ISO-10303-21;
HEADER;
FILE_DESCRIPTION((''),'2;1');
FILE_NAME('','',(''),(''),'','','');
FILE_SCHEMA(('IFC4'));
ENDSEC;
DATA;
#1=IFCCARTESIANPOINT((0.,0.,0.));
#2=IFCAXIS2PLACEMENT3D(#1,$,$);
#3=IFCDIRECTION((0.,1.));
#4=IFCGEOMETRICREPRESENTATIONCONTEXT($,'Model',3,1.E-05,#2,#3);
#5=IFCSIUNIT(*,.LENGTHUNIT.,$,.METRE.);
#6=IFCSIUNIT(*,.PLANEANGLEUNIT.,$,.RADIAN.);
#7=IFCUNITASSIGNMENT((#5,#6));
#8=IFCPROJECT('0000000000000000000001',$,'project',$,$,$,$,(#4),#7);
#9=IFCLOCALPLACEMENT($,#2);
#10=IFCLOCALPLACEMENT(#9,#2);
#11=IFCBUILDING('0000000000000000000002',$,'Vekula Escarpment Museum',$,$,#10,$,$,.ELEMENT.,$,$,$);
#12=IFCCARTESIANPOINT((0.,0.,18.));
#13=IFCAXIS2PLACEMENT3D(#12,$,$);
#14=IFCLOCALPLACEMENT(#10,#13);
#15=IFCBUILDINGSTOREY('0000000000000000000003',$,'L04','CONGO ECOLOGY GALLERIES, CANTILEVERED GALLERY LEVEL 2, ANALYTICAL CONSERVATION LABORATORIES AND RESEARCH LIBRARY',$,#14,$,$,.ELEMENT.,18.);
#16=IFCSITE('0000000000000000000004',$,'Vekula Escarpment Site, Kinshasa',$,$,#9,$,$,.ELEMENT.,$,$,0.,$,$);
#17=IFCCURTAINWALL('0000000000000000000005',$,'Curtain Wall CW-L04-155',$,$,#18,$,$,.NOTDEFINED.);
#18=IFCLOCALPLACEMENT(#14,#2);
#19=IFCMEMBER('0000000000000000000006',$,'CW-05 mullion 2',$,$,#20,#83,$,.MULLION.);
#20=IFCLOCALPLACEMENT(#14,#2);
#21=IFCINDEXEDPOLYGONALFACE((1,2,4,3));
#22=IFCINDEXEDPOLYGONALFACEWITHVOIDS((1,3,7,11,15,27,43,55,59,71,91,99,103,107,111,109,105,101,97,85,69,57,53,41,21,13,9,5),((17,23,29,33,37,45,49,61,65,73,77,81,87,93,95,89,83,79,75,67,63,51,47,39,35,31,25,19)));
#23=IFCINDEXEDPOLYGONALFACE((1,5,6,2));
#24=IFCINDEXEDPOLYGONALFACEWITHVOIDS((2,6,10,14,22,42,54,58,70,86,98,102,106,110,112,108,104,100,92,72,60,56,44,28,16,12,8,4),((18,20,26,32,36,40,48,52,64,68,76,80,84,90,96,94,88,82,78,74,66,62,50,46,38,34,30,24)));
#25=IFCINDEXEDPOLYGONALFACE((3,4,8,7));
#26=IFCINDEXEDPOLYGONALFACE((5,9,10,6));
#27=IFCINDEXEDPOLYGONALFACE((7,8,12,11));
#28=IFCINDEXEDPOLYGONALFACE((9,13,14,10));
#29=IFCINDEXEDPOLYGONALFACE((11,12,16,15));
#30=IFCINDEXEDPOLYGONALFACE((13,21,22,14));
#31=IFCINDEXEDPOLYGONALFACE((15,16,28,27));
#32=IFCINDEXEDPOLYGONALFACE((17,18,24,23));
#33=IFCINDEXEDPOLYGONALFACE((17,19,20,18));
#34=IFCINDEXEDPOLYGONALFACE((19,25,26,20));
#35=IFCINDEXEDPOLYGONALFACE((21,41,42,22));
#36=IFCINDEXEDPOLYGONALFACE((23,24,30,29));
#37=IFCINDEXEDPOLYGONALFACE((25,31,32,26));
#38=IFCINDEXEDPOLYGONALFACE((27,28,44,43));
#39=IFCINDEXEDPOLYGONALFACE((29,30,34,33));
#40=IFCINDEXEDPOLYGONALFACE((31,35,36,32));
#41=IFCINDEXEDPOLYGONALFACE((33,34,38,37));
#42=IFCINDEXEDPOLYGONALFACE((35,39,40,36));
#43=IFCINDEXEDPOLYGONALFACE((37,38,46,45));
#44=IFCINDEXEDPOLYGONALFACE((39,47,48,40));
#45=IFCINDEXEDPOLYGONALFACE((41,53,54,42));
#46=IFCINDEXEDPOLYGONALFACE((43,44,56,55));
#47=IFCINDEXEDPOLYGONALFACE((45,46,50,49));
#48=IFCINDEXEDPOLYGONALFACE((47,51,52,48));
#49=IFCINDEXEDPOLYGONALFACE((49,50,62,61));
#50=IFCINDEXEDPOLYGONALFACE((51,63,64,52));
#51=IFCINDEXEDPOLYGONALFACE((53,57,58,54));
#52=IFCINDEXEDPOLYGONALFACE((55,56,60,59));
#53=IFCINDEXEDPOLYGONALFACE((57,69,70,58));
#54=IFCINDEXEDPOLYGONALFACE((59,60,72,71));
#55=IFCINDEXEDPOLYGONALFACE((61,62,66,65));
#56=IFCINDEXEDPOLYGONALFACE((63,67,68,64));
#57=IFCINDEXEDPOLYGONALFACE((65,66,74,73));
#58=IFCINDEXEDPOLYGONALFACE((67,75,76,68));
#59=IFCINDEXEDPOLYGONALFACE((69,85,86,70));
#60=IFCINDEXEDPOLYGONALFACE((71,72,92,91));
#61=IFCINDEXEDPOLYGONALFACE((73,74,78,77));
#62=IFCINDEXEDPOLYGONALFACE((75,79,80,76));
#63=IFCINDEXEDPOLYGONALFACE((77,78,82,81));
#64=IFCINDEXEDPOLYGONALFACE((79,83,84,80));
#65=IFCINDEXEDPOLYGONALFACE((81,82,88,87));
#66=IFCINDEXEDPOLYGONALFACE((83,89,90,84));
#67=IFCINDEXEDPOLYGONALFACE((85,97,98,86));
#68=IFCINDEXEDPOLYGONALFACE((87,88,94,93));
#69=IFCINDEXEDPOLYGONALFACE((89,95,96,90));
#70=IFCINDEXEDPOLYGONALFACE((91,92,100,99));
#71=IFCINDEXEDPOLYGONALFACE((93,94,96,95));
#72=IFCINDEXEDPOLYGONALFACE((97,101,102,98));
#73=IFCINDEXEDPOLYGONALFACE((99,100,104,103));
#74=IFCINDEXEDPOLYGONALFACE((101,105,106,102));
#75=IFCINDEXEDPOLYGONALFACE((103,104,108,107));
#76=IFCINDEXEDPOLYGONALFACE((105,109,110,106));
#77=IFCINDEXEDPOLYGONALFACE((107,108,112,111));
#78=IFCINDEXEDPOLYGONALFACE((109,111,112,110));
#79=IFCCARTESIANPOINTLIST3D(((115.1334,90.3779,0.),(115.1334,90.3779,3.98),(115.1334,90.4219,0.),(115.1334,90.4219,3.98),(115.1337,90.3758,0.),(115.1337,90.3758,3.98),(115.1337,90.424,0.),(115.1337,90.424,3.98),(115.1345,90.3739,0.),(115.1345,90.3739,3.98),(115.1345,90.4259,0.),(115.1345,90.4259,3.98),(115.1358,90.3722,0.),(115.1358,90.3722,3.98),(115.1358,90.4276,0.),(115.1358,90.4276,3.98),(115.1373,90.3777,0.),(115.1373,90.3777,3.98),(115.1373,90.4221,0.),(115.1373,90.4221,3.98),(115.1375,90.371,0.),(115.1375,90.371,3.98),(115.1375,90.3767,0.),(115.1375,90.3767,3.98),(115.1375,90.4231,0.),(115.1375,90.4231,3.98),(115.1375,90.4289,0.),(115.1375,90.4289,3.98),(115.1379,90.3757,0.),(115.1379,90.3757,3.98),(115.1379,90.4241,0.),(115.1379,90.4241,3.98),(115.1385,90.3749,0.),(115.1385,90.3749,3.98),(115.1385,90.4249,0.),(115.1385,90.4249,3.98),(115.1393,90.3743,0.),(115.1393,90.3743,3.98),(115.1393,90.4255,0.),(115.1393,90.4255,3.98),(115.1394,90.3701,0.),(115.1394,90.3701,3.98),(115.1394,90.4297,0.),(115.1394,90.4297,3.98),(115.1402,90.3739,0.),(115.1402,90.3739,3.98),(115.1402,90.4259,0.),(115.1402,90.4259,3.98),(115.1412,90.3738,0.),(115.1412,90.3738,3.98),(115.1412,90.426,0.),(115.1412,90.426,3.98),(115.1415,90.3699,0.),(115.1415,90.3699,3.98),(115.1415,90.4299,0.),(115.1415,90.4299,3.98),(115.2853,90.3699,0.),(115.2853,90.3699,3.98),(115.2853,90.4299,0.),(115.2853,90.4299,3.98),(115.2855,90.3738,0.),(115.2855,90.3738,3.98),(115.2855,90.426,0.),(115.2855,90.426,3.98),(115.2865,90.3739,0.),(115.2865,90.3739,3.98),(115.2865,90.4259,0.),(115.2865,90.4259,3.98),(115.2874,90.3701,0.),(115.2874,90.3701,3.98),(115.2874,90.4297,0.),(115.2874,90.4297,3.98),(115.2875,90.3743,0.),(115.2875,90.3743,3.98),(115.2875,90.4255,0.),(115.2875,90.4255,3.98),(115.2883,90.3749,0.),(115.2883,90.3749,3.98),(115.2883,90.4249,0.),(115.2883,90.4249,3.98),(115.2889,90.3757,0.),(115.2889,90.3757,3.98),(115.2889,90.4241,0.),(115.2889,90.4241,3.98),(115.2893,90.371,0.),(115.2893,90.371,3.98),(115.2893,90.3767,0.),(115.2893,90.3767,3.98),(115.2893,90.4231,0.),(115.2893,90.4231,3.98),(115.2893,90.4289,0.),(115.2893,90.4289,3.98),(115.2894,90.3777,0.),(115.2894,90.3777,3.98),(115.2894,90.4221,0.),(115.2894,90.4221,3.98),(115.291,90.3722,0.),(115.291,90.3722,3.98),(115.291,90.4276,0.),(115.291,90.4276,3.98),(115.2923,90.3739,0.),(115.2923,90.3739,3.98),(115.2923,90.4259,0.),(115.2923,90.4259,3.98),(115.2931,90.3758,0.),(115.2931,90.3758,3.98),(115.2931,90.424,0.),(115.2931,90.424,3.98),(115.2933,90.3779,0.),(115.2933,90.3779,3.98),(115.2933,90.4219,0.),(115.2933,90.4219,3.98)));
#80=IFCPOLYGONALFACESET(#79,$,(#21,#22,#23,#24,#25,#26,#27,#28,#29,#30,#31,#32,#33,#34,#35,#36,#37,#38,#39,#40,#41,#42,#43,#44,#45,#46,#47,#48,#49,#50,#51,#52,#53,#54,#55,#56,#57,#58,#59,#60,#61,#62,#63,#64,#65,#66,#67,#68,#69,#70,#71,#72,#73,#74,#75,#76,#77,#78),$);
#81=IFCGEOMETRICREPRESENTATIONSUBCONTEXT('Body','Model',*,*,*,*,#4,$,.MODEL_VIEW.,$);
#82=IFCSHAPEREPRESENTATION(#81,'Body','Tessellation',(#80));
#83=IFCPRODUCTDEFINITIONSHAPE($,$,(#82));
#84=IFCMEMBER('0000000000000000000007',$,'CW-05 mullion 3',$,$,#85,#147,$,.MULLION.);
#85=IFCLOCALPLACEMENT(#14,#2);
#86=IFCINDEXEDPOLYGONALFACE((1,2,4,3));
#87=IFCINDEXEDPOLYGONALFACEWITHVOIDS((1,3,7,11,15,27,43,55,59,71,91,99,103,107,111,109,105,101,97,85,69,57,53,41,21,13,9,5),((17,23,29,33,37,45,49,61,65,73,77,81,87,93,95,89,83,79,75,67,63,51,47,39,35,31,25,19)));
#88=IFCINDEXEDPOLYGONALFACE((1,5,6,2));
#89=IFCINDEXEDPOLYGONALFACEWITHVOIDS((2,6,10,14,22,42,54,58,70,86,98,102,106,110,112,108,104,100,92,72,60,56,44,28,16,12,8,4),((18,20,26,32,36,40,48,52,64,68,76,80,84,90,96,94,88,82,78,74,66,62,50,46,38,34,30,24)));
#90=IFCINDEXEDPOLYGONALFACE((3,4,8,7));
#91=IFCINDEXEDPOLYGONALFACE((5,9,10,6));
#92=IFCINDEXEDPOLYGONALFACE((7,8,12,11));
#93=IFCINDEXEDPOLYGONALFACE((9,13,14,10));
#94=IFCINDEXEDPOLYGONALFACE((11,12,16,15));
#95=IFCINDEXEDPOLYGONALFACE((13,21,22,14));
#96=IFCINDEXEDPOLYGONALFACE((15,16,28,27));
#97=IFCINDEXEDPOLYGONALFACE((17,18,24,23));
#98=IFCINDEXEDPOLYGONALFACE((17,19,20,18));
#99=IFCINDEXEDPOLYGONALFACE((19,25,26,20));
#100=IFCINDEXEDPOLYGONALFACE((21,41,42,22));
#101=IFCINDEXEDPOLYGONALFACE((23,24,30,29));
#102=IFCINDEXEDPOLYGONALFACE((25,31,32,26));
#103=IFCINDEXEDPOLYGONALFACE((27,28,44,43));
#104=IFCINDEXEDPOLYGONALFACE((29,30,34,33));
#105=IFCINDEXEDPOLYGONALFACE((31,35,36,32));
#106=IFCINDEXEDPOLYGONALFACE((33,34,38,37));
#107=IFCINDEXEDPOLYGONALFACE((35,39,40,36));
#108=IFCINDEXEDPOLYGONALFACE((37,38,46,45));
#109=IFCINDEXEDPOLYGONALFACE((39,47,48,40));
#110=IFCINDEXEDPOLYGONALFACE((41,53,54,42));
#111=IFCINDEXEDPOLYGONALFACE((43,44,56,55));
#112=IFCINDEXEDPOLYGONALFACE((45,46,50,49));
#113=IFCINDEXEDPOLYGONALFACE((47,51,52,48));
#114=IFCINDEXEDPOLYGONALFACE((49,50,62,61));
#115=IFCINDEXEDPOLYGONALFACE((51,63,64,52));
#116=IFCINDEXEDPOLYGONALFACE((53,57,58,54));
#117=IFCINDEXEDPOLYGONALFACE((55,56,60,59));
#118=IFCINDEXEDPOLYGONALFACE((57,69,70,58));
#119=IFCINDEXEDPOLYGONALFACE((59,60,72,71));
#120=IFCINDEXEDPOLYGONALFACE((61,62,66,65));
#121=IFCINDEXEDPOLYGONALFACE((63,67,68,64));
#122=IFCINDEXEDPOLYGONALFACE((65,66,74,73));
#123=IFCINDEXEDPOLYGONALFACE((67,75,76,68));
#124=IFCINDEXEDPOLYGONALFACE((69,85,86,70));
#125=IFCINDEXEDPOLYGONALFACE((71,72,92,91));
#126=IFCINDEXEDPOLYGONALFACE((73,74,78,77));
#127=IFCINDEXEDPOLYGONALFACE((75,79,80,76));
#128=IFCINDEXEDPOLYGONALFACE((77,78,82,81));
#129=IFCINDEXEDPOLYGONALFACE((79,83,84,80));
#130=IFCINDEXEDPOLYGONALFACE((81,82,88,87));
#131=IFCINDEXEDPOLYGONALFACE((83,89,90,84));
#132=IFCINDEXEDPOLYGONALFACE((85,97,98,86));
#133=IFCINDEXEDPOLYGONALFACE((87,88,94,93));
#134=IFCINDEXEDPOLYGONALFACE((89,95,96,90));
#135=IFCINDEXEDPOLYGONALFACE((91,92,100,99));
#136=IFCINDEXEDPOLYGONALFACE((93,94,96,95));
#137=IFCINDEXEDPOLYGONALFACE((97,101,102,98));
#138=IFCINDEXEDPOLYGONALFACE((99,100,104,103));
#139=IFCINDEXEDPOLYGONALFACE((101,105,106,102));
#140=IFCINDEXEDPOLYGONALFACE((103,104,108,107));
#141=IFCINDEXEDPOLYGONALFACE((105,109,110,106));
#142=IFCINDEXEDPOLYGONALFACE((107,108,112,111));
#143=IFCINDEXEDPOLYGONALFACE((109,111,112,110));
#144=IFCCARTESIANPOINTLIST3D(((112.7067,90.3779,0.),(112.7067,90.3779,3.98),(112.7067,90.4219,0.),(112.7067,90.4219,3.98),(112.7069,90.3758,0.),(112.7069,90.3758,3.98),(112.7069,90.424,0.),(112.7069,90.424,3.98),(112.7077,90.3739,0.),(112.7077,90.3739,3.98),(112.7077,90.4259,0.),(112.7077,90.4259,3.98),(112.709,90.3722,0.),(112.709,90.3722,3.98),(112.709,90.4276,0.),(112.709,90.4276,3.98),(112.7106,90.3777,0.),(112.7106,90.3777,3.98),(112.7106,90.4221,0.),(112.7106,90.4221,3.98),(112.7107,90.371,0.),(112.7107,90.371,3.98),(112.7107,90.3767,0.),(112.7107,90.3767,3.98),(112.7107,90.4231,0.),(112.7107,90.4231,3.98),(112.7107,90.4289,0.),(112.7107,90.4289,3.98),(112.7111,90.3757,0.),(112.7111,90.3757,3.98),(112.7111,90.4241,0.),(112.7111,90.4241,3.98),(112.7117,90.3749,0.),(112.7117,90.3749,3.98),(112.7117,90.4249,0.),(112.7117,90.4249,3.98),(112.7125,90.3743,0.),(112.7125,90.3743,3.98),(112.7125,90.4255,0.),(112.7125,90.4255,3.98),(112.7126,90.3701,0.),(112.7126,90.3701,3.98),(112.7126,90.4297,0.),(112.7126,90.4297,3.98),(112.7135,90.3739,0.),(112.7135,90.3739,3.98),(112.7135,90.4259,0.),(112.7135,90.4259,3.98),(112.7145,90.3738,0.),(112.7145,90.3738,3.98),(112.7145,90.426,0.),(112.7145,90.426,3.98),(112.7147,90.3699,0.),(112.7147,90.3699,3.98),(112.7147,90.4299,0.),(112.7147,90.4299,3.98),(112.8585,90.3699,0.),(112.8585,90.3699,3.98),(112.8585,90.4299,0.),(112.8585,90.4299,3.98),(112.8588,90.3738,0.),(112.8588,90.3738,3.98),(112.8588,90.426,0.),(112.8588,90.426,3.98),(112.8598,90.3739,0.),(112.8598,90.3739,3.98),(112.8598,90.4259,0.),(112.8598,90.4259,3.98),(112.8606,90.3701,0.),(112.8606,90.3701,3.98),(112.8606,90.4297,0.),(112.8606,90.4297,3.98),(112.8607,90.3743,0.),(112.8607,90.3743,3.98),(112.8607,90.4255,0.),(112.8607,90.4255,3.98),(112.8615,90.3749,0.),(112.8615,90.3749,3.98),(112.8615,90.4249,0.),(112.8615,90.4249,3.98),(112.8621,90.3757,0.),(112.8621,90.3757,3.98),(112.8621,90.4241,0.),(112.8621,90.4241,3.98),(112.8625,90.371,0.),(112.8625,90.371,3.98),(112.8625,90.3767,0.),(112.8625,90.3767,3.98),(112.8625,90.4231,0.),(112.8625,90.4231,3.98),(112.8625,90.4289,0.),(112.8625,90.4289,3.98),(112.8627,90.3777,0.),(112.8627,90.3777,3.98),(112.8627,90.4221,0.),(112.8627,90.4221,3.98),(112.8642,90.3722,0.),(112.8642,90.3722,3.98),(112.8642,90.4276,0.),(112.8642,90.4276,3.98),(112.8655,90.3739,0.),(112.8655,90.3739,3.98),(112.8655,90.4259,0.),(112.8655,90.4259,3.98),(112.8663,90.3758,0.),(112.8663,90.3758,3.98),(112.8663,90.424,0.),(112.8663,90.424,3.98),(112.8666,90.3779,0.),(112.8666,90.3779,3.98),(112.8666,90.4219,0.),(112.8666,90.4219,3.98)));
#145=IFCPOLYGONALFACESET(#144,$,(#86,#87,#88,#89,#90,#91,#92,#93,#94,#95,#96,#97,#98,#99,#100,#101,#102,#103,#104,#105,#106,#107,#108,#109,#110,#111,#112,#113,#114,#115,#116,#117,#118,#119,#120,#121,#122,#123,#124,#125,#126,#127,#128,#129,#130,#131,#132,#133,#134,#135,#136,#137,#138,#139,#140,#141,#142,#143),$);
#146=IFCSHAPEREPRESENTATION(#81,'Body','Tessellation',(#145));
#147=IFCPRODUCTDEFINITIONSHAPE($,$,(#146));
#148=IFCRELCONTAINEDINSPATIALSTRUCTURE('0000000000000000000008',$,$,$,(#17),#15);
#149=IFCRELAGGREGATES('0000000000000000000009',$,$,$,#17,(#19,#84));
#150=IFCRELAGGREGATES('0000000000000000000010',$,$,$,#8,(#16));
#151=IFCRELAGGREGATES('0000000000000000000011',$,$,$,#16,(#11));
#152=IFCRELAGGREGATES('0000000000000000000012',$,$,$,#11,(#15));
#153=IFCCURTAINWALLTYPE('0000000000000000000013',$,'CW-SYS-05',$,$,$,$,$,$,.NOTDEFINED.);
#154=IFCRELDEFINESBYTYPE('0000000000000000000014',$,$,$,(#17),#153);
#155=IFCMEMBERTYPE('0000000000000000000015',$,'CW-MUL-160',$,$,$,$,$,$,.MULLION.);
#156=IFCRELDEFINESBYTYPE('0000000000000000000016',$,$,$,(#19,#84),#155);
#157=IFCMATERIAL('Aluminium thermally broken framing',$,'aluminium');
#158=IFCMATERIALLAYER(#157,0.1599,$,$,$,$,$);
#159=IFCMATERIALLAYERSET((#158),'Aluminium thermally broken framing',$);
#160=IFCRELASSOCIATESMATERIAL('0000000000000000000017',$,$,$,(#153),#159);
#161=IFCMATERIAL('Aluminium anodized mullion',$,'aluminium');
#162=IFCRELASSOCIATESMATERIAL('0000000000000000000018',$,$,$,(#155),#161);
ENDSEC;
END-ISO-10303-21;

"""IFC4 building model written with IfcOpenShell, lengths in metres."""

from ifc_helpers import new_model, si_unit, direction, frame, origin, origin_2d, place, context, subcontext, project, spatial, hollow_rectangle, extrude, material, layer, layer_set, material_profile, profile_set, type_object, element, aggregate, save


model = new_model("IFC4")

# Units and contexts
model_context = context("Model", 3, precision=1e-05, world=origin(), true_north=direction((0.0, 1.0)))
body_context = subcontext(model_context, "Body", "Model", "MODEL_VIEW")
ifc_project = project(units=[si_unit("LENGTHUNIT", "METRE"), si_unit("PLANEANGLEUNIT", "RADIAN")], contexts=[model_context])

# Site, building, storey
site_placement = place(None, origin())
site = spatial("IfcSite", under=ifc_project, at=site_placement, Name="Vekula Escarpment Site, Kinshasa", CompositionType="ELEMENT", RefElevation=0.0)
building_placement = place(site_placement, origin())
building = spatial("IfcBuilding", under=site, at=building_placement, Name="Vekula Escarpment Museum", CompositionType="ELEMENT")
storey_placement = place(building_placement, frame((0.0, 0.0, 18.0)))
storey = spatial("IfcBuildingStorey", under=building, at=storey_placement, Name="L04", Description="CONGO ECOLOGY GALLERIES, CANTILEVERED GALLERY LEVEL 2, ANALYTICAL CONSERVATION LABORATORIES AND RESEARCH LIBRARY", CompositionType="ELEMENT", Elevation=18.0)

# Curtain wall, members
ifc_material_1 = material(Name="Aluminium thermally broken framing", Category="aluminium")
ifc_layer_1 = layer(ifc_material_1, 0.1599)
ifc_layer_set_1 = layer_set([ifc_layer_1], Name="Aluminium thermally broken framing")
curtain_wall_type = type_object("IfcCurtainWallType", Name="CW-SYS-05", PredefinedType="NOTDEFINED", material=ifc_layer_set_1)
curtain_wall_placement = place(storey_placement, origin())
curtain_wall = element("IfcCurtainWall", 1, at=curtain_wall_placement, inside=storey, type_object=curtain_wall_type, Name="Curtain Wall CW-L04-155", PredefinedType="NOTDEFINED")
ifc_material_2 = material(Name="Aluminium anodized mullion", Category="aluminium")
ifc_material_profile_1 = material_profile(ifc_material_2, hollow_rectangle(XDim=0.0601, YDim=0.1599, WallThickness=0.0039, InnerFilletRadius=0.0039, OuterFilletRadius=0.0081, at=origin_2d()), Name="ALU 160x60x4")
ifc_profile_set_1 = profile_set([ifc_material_profile_1], Name="Aluminium anodized mullion")
member_type_1 = type_object("IfcMemberType", Name="CW-MUL-160", PredefinedType="MULLION", material=ifc_profile_set_1)
member_1_placement = place(storey_placement, frame((115.2134, 90.3999, 0.0), z_axis=(0.0, 0.0, 1.0), x_axis=(0.0, -1.0, 0.0)))
member_1 = element("IfcMember", 2, at=member_1_placement, type_object=member_type_1, Name="CW-05 mullion 2", PredefinedType="MULLION", context=body_context, shape_type="SweptSolid", body=[
    extrude(hollow_rectangle(XDim=0.0601, YDim=0.1599, WallThickness=0.0039, InnerFilletRadius=0.0039, OuterFilletRadius=0.0081, at=origin_2d()), origin(), (0.0, 0.0, 1.0), 3.98),
])
member_2_placement = place(storey_placement, frame((112.7866, 90.3999, 0.0), z_axis=(0.0, 0.0, 1.0), x_axis=(0.0, -1.0, 0.0)))
member_2 = element("IfcMember", 3, at=member_2_placement, type_object=member_type_1, Name="CW-05 mullion 3", PredefinedType="MULLION", context=body_context, shape_type="SweptSolid", body=[
    extrude(hollow_rectangle(XDim=0.0601, YDim=0.1599, WallThickness=0.0039, InnerFilletRadius=0.0039, OuterFilletRadius=0.0081, at=origin_2d()), origin(), (0.0, 0.0, 1.0), 3.98),
])
aggregate(curtain_wall, [member_1, member_2])

save(model, "model.ifc")
